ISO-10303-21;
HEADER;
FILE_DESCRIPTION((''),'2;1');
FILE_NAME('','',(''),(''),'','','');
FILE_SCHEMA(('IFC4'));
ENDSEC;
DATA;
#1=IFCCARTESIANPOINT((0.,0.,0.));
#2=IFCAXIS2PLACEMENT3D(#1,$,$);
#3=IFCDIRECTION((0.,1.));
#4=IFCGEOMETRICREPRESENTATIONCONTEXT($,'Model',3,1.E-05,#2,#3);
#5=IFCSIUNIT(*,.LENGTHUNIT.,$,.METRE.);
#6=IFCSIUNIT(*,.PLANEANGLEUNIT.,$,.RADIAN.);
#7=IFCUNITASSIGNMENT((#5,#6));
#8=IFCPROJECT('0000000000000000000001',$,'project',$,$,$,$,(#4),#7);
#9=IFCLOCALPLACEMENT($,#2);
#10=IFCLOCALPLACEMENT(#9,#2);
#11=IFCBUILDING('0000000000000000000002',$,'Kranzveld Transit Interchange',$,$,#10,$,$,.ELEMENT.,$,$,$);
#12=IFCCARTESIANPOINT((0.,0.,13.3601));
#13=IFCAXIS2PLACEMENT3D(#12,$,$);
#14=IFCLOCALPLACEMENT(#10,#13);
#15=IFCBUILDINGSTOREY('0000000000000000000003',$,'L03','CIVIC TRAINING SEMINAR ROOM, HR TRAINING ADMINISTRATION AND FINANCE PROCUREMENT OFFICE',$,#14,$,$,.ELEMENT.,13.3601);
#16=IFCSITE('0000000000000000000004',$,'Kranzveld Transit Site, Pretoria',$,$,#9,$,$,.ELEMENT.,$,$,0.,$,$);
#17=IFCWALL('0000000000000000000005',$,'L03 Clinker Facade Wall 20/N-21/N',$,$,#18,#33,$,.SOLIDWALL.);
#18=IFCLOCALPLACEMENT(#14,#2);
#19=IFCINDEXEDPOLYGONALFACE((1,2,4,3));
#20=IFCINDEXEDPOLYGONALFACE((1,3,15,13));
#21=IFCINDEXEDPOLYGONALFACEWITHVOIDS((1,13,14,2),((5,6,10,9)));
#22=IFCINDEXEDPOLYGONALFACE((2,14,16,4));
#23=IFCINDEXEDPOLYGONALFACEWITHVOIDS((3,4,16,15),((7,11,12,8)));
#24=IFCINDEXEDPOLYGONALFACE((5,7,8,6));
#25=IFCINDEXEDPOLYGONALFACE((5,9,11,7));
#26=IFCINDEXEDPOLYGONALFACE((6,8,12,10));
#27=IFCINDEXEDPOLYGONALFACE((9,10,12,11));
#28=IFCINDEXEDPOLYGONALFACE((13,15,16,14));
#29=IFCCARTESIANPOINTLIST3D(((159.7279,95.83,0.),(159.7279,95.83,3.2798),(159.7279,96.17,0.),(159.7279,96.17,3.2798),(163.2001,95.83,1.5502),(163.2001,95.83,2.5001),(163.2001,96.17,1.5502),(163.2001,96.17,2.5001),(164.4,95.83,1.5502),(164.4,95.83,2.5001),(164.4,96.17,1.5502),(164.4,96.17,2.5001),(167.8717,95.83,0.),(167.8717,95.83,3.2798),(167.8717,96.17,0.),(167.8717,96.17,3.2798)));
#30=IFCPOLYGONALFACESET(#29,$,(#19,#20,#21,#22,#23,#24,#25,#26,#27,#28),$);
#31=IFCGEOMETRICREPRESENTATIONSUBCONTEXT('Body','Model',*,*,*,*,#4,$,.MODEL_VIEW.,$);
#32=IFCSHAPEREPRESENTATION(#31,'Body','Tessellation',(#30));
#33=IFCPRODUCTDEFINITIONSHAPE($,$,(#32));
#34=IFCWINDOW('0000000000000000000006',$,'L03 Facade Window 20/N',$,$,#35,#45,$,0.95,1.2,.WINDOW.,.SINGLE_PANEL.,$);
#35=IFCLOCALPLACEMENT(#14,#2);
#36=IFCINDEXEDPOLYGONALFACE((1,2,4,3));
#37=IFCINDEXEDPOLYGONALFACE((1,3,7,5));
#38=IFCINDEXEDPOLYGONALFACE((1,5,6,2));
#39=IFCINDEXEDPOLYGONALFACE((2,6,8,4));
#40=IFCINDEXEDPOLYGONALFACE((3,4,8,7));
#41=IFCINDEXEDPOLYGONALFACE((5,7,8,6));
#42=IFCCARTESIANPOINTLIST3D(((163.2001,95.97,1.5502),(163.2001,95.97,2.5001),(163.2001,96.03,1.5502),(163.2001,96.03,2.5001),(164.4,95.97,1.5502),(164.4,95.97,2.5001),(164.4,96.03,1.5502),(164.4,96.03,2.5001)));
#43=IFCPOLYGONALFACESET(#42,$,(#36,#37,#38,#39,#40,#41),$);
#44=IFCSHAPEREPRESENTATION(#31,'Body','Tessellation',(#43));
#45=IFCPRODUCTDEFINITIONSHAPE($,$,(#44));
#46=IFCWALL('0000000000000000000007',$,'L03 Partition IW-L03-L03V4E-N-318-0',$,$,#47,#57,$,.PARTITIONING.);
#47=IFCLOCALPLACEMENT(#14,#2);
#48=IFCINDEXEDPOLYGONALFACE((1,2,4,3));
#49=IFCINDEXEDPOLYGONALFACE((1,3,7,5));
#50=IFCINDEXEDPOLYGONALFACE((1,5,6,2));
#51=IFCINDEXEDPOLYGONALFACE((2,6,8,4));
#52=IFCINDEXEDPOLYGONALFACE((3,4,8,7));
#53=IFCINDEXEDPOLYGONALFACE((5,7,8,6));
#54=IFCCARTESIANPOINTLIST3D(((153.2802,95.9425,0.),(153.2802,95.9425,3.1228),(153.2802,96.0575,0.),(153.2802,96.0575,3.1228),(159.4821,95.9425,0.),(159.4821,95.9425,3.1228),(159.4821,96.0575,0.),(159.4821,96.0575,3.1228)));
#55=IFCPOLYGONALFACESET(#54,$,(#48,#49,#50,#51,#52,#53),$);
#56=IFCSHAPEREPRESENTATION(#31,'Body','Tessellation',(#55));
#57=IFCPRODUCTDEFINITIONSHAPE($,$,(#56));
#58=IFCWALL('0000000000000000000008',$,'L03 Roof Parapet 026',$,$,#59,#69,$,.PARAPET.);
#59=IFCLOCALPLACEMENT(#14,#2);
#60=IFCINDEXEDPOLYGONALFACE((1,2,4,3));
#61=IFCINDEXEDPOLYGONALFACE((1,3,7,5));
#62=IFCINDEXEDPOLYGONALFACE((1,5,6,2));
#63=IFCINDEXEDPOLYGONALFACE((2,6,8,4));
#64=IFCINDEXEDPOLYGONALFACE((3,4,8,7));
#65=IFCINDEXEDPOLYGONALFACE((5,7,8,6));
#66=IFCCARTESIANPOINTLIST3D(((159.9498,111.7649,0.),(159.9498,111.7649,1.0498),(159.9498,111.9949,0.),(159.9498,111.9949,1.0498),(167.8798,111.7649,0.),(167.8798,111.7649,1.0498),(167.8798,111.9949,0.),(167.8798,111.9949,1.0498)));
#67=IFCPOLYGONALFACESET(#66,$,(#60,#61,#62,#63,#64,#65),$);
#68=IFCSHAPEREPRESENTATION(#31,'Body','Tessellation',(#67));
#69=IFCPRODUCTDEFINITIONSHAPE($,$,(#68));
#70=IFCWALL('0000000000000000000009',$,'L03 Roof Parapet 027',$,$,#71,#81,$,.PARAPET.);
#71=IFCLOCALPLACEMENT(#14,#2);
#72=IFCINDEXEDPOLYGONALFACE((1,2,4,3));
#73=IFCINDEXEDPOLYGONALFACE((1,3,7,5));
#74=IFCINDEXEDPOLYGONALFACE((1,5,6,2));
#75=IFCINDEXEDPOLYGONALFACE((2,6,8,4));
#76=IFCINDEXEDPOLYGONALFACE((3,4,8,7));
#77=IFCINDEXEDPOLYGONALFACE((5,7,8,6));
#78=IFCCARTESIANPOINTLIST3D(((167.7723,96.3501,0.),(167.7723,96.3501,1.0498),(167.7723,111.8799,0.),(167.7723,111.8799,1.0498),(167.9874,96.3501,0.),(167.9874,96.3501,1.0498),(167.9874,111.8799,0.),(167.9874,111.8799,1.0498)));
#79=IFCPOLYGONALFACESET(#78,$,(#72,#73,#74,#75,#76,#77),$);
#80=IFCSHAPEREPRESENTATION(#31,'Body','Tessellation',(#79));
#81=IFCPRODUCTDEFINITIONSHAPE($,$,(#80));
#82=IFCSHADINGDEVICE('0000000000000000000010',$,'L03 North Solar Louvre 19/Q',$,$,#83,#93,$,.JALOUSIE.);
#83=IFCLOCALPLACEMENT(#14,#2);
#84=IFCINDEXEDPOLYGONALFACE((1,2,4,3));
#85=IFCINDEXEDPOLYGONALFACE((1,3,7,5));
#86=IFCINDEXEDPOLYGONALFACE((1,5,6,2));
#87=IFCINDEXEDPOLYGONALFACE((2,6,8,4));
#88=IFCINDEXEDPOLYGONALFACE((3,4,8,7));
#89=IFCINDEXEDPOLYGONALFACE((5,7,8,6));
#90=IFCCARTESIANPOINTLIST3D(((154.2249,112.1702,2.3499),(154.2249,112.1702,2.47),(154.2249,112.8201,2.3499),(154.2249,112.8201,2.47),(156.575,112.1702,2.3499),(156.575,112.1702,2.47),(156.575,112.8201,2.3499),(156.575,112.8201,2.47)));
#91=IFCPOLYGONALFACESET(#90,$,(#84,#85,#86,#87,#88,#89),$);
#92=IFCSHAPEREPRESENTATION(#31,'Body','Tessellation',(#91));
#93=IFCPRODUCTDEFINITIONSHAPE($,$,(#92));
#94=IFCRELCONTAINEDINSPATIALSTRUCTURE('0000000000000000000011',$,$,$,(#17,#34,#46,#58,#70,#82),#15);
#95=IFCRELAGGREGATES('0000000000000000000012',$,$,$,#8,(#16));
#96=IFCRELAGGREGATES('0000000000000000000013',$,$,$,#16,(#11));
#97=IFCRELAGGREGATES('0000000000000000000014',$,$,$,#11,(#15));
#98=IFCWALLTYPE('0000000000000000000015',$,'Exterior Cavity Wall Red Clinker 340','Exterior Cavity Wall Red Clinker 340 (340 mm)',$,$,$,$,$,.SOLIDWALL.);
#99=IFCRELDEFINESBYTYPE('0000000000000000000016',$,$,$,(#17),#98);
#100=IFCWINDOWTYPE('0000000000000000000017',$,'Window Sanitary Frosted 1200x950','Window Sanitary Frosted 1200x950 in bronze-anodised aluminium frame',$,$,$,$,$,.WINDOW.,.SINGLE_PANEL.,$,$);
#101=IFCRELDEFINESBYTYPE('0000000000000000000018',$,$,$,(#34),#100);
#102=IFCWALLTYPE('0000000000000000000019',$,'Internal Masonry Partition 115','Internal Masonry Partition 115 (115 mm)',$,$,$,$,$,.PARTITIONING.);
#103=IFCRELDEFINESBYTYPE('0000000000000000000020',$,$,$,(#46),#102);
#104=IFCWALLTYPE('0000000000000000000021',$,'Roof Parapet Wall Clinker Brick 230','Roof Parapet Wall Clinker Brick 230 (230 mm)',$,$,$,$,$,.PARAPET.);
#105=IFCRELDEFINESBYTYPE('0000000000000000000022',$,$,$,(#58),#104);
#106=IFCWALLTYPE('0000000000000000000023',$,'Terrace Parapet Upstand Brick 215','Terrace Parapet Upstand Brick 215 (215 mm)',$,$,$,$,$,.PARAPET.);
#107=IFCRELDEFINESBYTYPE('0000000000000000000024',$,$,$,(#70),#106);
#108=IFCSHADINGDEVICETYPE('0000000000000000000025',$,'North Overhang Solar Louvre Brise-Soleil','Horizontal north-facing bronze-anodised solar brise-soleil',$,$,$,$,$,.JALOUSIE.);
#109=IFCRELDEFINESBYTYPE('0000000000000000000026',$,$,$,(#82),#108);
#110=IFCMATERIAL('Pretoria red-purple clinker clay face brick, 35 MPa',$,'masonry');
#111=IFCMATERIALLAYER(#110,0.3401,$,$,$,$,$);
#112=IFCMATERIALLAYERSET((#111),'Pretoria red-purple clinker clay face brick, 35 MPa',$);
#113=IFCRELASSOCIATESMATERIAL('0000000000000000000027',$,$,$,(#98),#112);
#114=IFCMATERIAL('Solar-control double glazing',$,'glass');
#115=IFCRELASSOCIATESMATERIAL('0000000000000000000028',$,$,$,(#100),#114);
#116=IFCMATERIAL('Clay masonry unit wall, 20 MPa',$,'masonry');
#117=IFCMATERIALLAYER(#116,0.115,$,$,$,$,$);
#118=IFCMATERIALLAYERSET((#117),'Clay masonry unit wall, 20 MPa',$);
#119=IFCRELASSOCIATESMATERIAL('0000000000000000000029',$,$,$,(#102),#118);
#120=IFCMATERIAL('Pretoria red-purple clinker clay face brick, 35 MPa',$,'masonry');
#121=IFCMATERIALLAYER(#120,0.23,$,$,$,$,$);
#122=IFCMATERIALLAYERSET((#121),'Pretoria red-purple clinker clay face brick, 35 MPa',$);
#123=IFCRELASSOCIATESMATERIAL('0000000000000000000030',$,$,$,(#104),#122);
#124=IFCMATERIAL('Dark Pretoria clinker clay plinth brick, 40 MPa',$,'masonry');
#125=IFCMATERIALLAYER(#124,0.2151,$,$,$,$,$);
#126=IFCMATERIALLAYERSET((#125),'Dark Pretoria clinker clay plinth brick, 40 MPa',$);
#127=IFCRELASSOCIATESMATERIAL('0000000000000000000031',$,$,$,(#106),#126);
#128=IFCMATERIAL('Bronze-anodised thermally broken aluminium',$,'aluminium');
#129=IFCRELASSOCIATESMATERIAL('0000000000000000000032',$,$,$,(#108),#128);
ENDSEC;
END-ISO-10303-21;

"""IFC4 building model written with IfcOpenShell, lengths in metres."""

from ifc_helpers import new_model, si_unit, direction, frame, frame_2d, origin, origin_2d, place, context, subcontext, project, spatial, rectangle, extrude, material, layer, layer_set, type_object, element, fill, save


model = new_model("IFC4")

# Units and contexts
model_context = context("Model", 3, precision=1e-05, world=origin(), true_north=direction((0.0, 1.0)))
body_context = subcontext(model_context, "Body", "Model", "MODEL_VIEW")
ifc_project = project(units=[si_unit("LENGTHUNIT", "METRE"), si_unit("PLANEANGLEUNIT", "RADIAN")], contexts=[model_context])

# Site, building, storey
site_placement = place(None, origin())
site = spatial("IfcSite", under=ifc_project, at=site_placement, Name="Kranzveld Transit Site, Pretoria", CompositionType="ELEMENT", RefElevation=0.0)
building_placement = place(site_placement, origin())
building = spatial("IfcBuilding", under=site, at=building_placement, Name="Kranzveld Transit Interchange", CompositionType="ELEMENT")
storey_placement = place(building_placement, frame((0.0, 0.0, 13.3601)))
storey = spatial("IfcBuildingStorey", under=building, at=storey_placement, Name="L03", Description="CIVIC TRAINING SEMINAR ROOM, HR TRAINING ADMINISTRATION AND FINANCE PROCUREMENT OFFICE", CompositionType="ELEMENT", Elevation=13.3601)

# Wall, opening, window
ifc_material_1 = material(Name="Pretoria red-purple clinker clay face brick, 35 MPa", Category="masonry")
ifc_layer_1 = layer(ifc_material_1, 0.3401)
ifc_layer_set_1 = layer_set([ifc_layer_1], Name="Pretoria red-purple clinker clay face brick, 35 MPa")
wall_type_1 = type_object("IfcWallType", Name="Exterior Cavity Wall Red Clinker 340", Description="Exterior Cavity Wall Red Clinker 340 (340 mm)", PredefinedType="SOLIDWALL", material=ifc_layer_set_1)
wall_1_placement = place(storey_placement, frame((159.728, 96.0, 0.0), z_axis=(0.0, 0.0, 1.0), x_axis=(1.0, 0.0, 0.0)))
wall_1 = element("IfcWall", 1, at=wall_1_placement, inside=storey, type_object=wall_type_1, Name="L03 Clinker Facade Wall 20/N-21/N", PredefinedType="SOLIDWALL", context=body_context, shape_type="SweptSolid", body=[
    extrude(rectangle(XDim=8.1438, YDim=0.3401, at=frame_2d((4.0718, 0.0))), origin(), (0.0, 0.0, 1.0), 3.2798),
])
opening_1_placement = place(wall_1_placement, frame((3.4719, 0.0, 1.55), z_axis=(0.0, 0.0, 1.0), x_axis=(1.0, 0.0, 0.0)))
opening_1 = element("IfcOpeningElement", 2, at=opening_1_placement, cuts=wall_1, PredefinedType="OPENING", context=body_context, shape_type="SweptSolid", body=[
    extrude(rectangle(XDim=1.2, YDim=0.95, at=frame_2d((0.6001, 0.4751))), frame((0.0, 0.1799, 0.0), z_axis=(0.0, -1.0, 0.0), x_axis=(1.0, 0.0, 0.0)), (0.0, 0.0, 1.0), 0.3601),
])
ifc_material_2 = material(Name="Solar-control double glazing", Category="glass")
window_type_1 = type_object("IfcWindowType", Name="Window Sanitary Frosted 1200x950", Description="Window Sanitary Frosted 1200x950 in bronze-anodised aluminium frame", PartitioningType="SINGLE_PANEL", PredefinedType="WINDOW", material=ifc_material_2)
window_1_placement = place(opening_1_placement, origin())
window_1 = element("IfcWindow", 3, at=window_1_placement, inside=storey, type_object=window_type_1, Name="L03 Facade Window 20/N", OverallHeight=0.95, OverallWidth=1.2, PartitioningType="SINGLE_PANEL", PredefinedType="WINDOW", context=body_context, shape_type="SweptSolid", body=[
    extrude(rectangle(XDim=1.2, YDim=0.95, at=frame_2d((0.6001, 0.4751))), frame((0.0, 0.03, 0.0), z_axis=(0.0, -1.0, 0.0), x_axis=(1.0, 0.0, 0.0)), (0.0, 0.0, 1.0), 0.0601),
])
fill(opening_1, window_1)

# Walls
ifc_material_3 = material(Name="Clay masonry unit wall, 20 MPa", Category="masonry")
ifc_layer_2 = layer(ifc_material_3, 0.115)
ifc_layer_set_2 = layer_set([ifc_layer_2], Name="Clay masonry unit wall, 20 MPa")
wall_type_2 = type_object("IfcWallType", Name="Internal Masonry Partition 115", Description="Internal Masonry Partition 115 (115 mm)", PredefinedType="PARTITIONING", material=ifc_layer_set_2)
wall_2_placement = place(storey_placement, frame((153.28, 96.0, 0.0), z_axis=(0.0, 0.0, 1.0), x_axis=(1.0, 0.0, 0.0)))
element("IfcWall", 4, at=wall_2_placement, inside=storey, type_object=wall_type_2, Name="L03 Partition IW-L03-L03V4E-N-318-0", PredefinedType="PARTITIONING", context=body_context, shape_type="SweptSolid", body=[
    extrude(rectangle(XDim=6.2019, YDim=0.115, at=frame_2d((3.1011, 0.0))), origin(), (0.0, 0.0, 1.0), 3.1228),
])
ifc_material_4 = material(Name="Pretoria red-purple clinker clay face brick, 35 MPa", Category="masonry")
ifc_layer_3 = layer(ifc_material_4, 0.23)
ifc_layer_set_3 = layer_set([ifc_layer_3], Name="Pretoria red-purple clinker clay face brick, 35 MPa")
wall_type_3 = type_object("IfcWallType", Name="Roof Parapet Wall Clinker Brick 230", Description="Roof Parapet Wall Clinker Brick 230 (230 mm)", PredefinedType="PARAPET", material=ifc_layer_set_3)
wall_3_placement = place(storey_placement, frame((159.95, 111.8799, 0.0), z_axis=(0.0, 0.0, 1.0), x_axis=(1.0, 0.0, 0.0)))
element("IfcWall", 5, at=wall_3_placement, inside=storey, type_object=wall_type_3, Name="L03 Roof Parapet 026", PredefinedType="PARAPET", context=body_context, shape_type="SweptSolid", body=[
    extrude(rectangle(XDim=7.9299, YDim=0.23, at=frame_2d((3.9648, 0.0))), origin(), (0.0, 0.0, 1.0), 1.0498),
])
ifc_material_5 = material(Name="Dark Pretoria clinker clay plinth brick, 40 MPa", Category="masonry")
ifc_layer_4 = layer(ifc_material_5, 0.2151)
ifc_layer_set_4 = layer_set([ifc_layer_4], Name="Dark Pretoria clinker clay plinth brick, 40 MPa")
wall_type_4 = type_object("IfcWallType", Name="Terrace Parapet Upstand Brick 215", Description="Terrace Parapet Upstand Brick 215 (215 mm)", PredefinedType="PARAPET", material=ifc_layer_set_4)
wall_4_placement = place(storey_placement, frame((167.8799, 111.8799, 0.0), z_axis=(0.0, 0.0, 1.0), x_axis=(0.0, -1.0, 0.0)))
element("IfcWall", 6, at=wall_4_placement, inside=storey, type_object=wall_type_4, Name="L03 Roof Parapet 027", PredefinedType="PARAPET", context=body_context, shape_type="SweptSolid", body=[
    extrude(rectangle(XDim=15.5298, YDim=0.2151, at=frame_2d((7.7649, 0.0))), origin(), (0.0, 0.0, 1.0), 1.0498),
])

# Shading device
ifc_material_6 = material(Name="Bronze-anodised thermally broken aluminium", Category="aluminium")
shading_device_type = type_object("IfcShadingDeviceType", Name="North Overhang Solar Louvre Brise-Soleil", Description="Horizontal north-facing bronze-anodised solar brise-soleil", PredefinedType="JALOUSIE", material=ifc_material_6)
shading_device_placement = place(storey_placement, frame((155.3999, 112.4951, 2.3499), z_axis=(0.0, 0.0, 1.0), x_axis=(1.0, 0.0, 0.0)))
element("IfcShadingDevice", 7, at=shading_device_placement, inside=storey, type_object=shading_device_type, Name="L03 North Solar Louvre 19/Q", PredefinedType="JALOUSIE", context=body_context, shape_type="SweptSolid", body=[
    extrude(rectangle(XDim=2.3501, YDim=0.6499, at=origin_2d()), origin(), (0.0, 0.0, 1.0), 0.1201),
])

save(model, "model.ifc")
